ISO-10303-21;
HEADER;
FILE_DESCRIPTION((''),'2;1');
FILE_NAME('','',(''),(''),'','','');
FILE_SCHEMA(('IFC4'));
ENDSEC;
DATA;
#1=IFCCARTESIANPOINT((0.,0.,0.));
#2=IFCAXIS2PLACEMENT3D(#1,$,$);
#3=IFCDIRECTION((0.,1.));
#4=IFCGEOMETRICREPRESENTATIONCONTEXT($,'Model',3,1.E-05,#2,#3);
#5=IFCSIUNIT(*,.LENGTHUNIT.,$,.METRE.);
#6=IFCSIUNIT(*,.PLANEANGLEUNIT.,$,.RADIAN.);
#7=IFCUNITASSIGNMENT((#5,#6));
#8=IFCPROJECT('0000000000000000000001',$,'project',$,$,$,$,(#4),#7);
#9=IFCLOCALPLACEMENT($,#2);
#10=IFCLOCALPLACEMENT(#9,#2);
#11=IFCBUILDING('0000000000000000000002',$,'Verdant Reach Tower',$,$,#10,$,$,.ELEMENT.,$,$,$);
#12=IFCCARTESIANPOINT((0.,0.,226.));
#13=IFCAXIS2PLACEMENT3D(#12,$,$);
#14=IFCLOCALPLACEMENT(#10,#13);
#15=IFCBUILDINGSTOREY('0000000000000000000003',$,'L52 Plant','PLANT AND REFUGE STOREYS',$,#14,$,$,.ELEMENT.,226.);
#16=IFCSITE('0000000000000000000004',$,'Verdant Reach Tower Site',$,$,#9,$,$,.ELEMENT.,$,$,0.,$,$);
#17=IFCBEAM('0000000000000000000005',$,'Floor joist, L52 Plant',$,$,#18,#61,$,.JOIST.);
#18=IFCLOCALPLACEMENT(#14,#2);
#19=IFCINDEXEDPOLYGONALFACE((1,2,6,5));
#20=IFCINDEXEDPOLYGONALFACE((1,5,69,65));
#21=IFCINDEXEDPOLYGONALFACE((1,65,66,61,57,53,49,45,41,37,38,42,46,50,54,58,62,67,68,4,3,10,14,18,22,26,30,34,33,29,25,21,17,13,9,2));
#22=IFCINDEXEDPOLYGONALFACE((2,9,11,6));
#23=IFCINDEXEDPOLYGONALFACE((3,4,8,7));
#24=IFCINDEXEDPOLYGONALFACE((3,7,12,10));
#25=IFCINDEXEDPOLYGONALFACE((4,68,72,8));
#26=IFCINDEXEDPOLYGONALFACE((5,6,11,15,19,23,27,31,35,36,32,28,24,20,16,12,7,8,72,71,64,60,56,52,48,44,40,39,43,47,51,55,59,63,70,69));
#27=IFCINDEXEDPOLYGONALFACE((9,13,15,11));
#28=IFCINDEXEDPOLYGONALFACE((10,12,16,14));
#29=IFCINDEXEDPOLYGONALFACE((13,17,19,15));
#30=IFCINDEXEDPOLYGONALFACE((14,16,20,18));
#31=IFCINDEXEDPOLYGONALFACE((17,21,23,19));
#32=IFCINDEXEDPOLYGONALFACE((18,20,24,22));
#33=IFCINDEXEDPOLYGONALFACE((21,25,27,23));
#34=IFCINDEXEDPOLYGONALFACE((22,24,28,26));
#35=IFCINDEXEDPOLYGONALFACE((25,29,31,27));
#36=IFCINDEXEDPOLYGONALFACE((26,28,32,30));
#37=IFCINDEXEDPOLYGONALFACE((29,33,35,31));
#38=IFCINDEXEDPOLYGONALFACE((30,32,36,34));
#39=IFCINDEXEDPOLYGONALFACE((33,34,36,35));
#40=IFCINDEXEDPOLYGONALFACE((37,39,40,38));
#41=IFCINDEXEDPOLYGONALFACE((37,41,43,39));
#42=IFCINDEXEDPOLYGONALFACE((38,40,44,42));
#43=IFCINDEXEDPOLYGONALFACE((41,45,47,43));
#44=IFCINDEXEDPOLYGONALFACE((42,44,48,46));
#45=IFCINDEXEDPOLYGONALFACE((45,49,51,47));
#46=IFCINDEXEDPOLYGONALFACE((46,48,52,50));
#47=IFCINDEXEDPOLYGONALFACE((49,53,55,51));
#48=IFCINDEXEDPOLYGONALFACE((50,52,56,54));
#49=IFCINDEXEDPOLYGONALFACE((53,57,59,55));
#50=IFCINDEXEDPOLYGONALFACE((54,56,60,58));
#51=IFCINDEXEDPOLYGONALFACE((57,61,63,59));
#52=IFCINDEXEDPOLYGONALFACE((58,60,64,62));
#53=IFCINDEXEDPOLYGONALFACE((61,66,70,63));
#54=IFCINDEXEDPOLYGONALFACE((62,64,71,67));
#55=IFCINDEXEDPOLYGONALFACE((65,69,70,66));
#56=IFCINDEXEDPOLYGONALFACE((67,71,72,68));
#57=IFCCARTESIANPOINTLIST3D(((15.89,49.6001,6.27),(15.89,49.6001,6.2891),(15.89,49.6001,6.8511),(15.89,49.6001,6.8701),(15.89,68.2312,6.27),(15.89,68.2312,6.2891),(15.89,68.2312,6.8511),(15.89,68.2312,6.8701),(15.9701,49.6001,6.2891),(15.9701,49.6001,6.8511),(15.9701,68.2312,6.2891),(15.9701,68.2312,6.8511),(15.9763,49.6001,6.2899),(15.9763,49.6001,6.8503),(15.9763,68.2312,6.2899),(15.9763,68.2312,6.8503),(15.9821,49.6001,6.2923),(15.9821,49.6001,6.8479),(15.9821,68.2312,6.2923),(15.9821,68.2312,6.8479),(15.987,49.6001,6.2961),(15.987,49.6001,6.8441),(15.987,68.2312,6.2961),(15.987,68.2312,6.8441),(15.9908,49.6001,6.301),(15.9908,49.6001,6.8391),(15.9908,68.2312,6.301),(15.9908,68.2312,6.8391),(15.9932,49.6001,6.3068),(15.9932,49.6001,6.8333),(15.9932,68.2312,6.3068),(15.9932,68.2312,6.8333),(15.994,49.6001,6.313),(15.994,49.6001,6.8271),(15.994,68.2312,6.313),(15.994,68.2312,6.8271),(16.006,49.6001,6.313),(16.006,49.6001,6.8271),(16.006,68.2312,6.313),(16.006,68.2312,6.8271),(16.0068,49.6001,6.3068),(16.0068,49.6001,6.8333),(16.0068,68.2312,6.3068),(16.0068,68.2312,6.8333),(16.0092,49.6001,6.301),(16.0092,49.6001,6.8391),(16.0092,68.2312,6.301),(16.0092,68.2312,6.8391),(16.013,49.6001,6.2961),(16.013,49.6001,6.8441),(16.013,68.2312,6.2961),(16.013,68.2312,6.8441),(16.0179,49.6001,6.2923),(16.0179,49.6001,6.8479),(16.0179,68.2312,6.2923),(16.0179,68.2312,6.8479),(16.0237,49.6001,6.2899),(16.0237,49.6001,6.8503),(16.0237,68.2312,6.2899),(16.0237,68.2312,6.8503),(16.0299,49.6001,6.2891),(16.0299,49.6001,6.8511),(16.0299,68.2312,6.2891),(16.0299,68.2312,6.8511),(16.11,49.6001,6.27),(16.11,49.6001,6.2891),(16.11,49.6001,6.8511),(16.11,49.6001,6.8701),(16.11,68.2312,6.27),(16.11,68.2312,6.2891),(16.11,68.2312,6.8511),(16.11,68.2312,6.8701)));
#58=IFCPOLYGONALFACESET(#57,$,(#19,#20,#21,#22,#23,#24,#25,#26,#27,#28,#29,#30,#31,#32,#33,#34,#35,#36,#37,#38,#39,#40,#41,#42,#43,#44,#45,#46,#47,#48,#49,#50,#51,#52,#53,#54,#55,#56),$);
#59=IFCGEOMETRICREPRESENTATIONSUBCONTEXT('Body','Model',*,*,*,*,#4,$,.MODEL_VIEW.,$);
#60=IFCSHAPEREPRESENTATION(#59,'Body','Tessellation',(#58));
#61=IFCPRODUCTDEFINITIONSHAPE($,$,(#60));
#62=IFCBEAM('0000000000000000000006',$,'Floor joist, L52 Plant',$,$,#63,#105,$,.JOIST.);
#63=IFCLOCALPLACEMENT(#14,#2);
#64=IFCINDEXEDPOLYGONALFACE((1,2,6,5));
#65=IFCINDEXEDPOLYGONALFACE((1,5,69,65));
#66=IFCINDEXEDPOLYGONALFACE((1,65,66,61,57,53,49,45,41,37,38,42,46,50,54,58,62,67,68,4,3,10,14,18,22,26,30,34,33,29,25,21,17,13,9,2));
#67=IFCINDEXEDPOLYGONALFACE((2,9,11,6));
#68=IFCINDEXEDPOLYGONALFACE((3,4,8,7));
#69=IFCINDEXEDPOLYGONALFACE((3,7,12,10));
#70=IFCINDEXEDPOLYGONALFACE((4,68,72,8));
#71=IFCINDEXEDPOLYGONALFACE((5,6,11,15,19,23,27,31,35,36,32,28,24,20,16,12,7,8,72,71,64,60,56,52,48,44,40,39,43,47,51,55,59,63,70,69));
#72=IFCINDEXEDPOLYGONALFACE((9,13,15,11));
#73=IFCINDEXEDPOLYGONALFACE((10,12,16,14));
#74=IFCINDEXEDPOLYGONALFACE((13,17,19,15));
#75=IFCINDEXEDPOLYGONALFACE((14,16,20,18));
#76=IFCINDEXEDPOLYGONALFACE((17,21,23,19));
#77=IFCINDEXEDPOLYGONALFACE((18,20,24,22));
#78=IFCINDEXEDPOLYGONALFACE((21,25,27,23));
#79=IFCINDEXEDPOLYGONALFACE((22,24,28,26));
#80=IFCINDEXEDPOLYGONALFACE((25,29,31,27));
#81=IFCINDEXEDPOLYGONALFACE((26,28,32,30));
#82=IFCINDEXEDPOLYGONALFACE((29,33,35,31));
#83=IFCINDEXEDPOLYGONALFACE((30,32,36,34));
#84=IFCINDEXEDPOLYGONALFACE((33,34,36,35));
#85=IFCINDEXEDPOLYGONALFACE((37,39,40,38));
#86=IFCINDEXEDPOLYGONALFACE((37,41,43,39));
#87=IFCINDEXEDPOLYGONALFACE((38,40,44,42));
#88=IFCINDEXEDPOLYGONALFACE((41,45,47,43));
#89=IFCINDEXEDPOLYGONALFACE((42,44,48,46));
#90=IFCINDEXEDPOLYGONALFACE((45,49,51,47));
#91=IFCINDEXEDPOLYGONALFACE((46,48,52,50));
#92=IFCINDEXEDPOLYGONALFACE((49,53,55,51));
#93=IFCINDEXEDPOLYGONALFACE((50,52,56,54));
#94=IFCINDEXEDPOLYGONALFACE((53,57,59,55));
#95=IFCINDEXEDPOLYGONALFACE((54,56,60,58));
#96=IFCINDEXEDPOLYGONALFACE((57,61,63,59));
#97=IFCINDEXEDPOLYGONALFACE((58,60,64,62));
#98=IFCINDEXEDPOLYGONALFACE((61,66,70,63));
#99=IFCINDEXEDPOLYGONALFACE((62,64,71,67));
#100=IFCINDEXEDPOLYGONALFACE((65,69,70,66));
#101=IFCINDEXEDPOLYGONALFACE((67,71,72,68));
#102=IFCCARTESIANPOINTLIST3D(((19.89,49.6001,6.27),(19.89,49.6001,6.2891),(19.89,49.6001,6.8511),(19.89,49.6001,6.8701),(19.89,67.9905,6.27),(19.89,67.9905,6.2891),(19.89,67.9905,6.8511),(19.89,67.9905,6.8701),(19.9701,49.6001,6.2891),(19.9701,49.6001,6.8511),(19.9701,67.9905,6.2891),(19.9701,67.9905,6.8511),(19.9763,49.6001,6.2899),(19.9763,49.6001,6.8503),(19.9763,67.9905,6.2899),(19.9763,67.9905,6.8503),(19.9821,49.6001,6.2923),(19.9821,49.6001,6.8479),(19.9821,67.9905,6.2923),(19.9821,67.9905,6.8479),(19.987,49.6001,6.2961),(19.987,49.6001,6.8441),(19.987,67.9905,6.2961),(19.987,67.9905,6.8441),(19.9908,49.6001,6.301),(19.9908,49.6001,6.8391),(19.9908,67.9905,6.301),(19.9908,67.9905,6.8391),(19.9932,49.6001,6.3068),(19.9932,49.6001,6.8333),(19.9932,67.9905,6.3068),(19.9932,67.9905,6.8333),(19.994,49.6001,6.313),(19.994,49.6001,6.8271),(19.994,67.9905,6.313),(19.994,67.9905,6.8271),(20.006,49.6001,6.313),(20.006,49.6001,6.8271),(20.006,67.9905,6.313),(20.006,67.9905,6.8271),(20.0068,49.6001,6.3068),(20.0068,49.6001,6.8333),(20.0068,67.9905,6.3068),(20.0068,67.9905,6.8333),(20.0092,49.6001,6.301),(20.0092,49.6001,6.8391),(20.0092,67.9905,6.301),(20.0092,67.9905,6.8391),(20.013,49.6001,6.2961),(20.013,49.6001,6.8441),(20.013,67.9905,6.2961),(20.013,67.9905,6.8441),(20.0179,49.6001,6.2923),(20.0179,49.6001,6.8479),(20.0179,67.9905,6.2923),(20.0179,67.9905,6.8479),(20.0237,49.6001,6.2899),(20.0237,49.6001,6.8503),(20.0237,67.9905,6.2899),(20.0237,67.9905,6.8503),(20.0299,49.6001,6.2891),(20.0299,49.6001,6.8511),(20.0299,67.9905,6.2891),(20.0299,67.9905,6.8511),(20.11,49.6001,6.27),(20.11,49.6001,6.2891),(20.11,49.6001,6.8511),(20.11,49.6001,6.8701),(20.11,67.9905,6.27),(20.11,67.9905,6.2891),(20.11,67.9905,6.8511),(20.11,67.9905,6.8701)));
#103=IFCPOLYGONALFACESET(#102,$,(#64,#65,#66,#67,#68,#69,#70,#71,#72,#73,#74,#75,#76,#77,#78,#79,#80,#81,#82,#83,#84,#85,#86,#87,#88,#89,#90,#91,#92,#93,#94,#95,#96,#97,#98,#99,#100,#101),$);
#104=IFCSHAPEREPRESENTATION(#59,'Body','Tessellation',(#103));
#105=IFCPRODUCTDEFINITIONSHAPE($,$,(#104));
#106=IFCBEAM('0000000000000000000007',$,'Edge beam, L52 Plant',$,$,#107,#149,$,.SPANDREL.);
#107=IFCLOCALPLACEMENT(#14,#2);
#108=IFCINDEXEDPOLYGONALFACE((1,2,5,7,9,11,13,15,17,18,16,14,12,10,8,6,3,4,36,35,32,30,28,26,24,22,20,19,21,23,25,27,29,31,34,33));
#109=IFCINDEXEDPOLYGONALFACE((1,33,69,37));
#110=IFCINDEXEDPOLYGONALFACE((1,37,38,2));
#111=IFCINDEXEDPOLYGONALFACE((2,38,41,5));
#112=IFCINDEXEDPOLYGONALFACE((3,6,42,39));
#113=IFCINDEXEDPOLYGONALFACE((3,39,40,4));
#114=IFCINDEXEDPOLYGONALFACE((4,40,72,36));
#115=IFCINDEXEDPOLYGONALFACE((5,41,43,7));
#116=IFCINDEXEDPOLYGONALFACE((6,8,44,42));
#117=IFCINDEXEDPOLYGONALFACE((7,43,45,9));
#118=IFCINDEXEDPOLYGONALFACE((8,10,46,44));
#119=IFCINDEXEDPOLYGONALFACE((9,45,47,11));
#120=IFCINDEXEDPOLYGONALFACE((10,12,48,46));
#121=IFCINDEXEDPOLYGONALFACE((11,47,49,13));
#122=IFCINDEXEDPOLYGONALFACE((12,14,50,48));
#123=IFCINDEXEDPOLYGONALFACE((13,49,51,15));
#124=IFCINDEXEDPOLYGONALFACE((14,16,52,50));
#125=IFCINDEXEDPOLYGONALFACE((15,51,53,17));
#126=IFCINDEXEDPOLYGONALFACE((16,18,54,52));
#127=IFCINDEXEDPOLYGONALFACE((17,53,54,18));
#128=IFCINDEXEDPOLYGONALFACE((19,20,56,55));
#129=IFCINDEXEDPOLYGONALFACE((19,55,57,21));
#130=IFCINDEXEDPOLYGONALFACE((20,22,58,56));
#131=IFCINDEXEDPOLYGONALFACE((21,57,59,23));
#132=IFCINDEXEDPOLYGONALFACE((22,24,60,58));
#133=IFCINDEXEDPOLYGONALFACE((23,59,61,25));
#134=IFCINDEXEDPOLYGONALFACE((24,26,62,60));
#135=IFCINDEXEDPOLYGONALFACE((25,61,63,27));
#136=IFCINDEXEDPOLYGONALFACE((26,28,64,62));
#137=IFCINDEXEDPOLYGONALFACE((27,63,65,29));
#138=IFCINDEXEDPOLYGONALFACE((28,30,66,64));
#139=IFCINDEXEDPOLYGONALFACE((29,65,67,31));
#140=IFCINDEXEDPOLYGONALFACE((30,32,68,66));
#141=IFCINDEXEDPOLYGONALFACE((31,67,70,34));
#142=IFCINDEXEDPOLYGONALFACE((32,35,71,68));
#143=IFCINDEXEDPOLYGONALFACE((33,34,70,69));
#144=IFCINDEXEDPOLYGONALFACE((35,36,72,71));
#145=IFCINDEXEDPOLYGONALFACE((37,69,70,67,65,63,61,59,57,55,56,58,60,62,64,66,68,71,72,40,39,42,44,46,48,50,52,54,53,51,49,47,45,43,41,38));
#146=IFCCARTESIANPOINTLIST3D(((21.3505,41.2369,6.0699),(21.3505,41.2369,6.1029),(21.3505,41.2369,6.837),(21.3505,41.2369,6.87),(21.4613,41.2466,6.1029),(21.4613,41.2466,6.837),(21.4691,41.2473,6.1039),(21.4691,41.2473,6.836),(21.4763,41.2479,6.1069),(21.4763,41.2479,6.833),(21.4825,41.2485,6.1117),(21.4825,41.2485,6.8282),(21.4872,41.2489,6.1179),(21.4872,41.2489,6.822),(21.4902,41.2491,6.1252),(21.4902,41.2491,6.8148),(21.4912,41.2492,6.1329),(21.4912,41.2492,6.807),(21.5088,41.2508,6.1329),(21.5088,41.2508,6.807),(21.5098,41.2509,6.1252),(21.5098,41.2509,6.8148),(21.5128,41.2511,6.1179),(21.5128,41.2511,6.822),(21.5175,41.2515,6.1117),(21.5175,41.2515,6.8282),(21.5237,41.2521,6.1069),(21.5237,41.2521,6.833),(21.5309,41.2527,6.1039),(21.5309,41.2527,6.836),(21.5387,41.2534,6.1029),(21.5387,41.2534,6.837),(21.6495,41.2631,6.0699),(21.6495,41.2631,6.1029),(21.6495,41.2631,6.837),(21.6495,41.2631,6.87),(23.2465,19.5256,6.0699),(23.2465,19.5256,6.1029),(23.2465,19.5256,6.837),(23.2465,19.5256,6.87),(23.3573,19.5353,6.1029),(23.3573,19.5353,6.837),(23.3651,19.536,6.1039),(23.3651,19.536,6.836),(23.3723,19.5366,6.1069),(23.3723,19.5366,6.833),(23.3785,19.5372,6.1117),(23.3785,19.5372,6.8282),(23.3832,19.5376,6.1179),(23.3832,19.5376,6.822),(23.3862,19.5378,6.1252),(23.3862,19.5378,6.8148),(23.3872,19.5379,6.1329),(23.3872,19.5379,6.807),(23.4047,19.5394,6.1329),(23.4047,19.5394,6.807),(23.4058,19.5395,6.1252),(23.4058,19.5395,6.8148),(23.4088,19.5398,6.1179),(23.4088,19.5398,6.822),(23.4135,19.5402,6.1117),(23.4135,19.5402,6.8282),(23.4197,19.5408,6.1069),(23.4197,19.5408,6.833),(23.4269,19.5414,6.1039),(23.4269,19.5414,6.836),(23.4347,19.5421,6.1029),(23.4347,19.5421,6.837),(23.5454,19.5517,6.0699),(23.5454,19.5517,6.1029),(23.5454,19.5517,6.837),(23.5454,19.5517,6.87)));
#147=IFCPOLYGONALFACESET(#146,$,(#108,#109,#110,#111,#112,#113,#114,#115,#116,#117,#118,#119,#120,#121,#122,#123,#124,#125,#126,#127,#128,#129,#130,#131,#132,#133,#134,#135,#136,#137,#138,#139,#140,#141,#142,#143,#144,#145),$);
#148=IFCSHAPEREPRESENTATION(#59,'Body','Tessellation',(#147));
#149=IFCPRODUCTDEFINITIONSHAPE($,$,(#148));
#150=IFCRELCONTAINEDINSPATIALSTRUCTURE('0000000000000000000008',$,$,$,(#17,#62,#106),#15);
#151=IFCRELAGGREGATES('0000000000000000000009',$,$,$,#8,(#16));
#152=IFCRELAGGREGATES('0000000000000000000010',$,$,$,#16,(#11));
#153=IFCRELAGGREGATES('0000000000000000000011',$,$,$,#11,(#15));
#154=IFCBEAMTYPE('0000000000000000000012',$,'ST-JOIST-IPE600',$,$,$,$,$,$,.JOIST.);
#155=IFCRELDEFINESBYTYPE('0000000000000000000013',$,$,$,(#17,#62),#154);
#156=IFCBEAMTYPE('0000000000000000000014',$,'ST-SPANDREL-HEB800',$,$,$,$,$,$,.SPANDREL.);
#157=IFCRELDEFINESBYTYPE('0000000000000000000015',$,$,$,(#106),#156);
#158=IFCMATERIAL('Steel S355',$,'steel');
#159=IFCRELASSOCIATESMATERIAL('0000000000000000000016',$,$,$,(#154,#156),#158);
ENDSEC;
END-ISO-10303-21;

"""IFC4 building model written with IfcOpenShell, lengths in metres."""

from ifc_helpers import new_model, si_unit, direction, frame, origin, origin_2d, place, context, subcontext, project, spatial, i_section, extrude, material, material_profile, profile_set, type_object, element, save


model = new_model("IFC4")

# Units and contexts
model_context = context("Model", 3, precision=1e-05, world=origin(), true_north=direction((0.0, 1.0)))
body_context = subcontext(model_context, "Body", "Model", "MODEL_VIEW")
ifc_project = project(units=[si_unit("LENGTHUNIT", "METRE"), si_unit("PLANEANGLEUNIT", "RADIAN")], contexts=[model_context])

# Site, building, storey
site_placement = place(None, origin())
site = spatial("IfcSite", under=ifc_project, at=site_placement, Name="Verdant Reach Tower Site", CompositionType="ELEMENT", RefElevation=0.0)
building_placement = place(site_placement, origin())
building = spatial("IfcBuilding", under=site, at=building_placement, Name="Verdant Reach Tower", CompositionType="ELEMENT")
storey_placement = place(building_placement, frame((0.0, 0.0, 226.0)))
storey = spatial("IfcBuildingStorey", under=building, at=storey_placement, Name="L52 Plant", Description="PLANT AND REFUGE STOREYS", CompositionType="ELEMENT", Elevation=226.0)

# Beams
ifc_material_1 = material(Name="Steel S355", Category="steel")
ifc_material_profile_1 = material_profile(ifc_material_1, i_section(OverallWidth=0.22, OverallDepth=0.6001, WebThickness=0.012, FlangeThickness=0.019, FilletRadius=0.0239, at=origin_2d()), Name="IPE 600")
ifc_profile_set_1 = profile_set([ifc_material_profile_1], Name="Steel S355")
beam_type_1 = type_object("IfcBeamType", Name="ST-JOIST-IPE600", PredefinedType="JOIST", material=ifc_profile_set_1)
beam_1_placement = place(storey_placement, frame((16.0, 49.6001, 6.5701), z_axis=(0.0, 1.0, 0.0), x_axis=(-1.0, 0.0, 0.0)))
element("IfcBeam", 1, at=beam_1_placement, inside=storey, type_object=beam_type_1, Name="Floor joist, L52 Plant", PredefinedType="JOIST", context=body_context, shape_type="SweptSolid", body=[
    extrude(i_section(OverallWidth=0.22, OverallDepth=0.6001, WebThickness=0.012, FlangeThickness=0.019, FilletRadius=0.0239, at=origin_2d()), origin(), (0.0, 0.0, 1.0), 18.6311),
])
beam_2_placement = place(storey_placement, frame((20.0, 49.6001, 6.5701), z_axis=(0.0, 1.0, 0.0), x_axis=(-1.0, 0.0, 0.0)))
element("IfcBeam", 2, at=beam_2_placement, inside=storey, type_object=beam_type_1, Name="Floor joist, L52 Plant", PredefinedType="JOIST", context=body_context, shape_type="SweptSolid", body=[
    extrude(i_section(OverallWidth=0.22, OverallDepth=0.6001, WebThickness=0.012, FlangeThickness=0.019, FilletRadius=0.0239, at=origin_2d()), origin(), (0.0, 0.0, 1.0), 18.3904),
])
ifc_material_profile_2 = material_profile(ifc_material_1, i_section(OverallWidth=0.3, OverallDepth=0.8, WebThickness=0.0176, FlangeThickness=0.033, FilletRadius=0.03, at=origin_2d()), Name="HEB 800")
ifc_profile_set_2 = profile_set([ifc_material_profile_2], Name="Steel S355")
beam_type_2 = type_object("IfcBeamType", Name="ST-SPANDREL-HEB800", PredefinedType="SPANDREL", material=ifc_profile_set_2)
beam_3_placement = place(storey_placement, frame((21.5, 41.25, 6.47), z_axis=(0.086996, -0.996209, 0.0), x_axis=(0.996209, 0.086996, 0.0)))
element("IfcBeam", 3, at=beam_3_placement, inside=storey, type_object=beam_type_2, Name="Edge beam, L52 Plant", PredefinedType="SPANDREL", context=body_context, shape_type="SweptSolid", body=[
    extrude(i_section(OverallWidth=0.3, OverallDepth=0.8, WebThickness=0.0176, FlangeThickness=0.033, FilletRadius=0.03, at=origin_2d()), origin(), (0.0, 0.0, 1.0), 21.7939),
])

save(model, "model.ifc")
